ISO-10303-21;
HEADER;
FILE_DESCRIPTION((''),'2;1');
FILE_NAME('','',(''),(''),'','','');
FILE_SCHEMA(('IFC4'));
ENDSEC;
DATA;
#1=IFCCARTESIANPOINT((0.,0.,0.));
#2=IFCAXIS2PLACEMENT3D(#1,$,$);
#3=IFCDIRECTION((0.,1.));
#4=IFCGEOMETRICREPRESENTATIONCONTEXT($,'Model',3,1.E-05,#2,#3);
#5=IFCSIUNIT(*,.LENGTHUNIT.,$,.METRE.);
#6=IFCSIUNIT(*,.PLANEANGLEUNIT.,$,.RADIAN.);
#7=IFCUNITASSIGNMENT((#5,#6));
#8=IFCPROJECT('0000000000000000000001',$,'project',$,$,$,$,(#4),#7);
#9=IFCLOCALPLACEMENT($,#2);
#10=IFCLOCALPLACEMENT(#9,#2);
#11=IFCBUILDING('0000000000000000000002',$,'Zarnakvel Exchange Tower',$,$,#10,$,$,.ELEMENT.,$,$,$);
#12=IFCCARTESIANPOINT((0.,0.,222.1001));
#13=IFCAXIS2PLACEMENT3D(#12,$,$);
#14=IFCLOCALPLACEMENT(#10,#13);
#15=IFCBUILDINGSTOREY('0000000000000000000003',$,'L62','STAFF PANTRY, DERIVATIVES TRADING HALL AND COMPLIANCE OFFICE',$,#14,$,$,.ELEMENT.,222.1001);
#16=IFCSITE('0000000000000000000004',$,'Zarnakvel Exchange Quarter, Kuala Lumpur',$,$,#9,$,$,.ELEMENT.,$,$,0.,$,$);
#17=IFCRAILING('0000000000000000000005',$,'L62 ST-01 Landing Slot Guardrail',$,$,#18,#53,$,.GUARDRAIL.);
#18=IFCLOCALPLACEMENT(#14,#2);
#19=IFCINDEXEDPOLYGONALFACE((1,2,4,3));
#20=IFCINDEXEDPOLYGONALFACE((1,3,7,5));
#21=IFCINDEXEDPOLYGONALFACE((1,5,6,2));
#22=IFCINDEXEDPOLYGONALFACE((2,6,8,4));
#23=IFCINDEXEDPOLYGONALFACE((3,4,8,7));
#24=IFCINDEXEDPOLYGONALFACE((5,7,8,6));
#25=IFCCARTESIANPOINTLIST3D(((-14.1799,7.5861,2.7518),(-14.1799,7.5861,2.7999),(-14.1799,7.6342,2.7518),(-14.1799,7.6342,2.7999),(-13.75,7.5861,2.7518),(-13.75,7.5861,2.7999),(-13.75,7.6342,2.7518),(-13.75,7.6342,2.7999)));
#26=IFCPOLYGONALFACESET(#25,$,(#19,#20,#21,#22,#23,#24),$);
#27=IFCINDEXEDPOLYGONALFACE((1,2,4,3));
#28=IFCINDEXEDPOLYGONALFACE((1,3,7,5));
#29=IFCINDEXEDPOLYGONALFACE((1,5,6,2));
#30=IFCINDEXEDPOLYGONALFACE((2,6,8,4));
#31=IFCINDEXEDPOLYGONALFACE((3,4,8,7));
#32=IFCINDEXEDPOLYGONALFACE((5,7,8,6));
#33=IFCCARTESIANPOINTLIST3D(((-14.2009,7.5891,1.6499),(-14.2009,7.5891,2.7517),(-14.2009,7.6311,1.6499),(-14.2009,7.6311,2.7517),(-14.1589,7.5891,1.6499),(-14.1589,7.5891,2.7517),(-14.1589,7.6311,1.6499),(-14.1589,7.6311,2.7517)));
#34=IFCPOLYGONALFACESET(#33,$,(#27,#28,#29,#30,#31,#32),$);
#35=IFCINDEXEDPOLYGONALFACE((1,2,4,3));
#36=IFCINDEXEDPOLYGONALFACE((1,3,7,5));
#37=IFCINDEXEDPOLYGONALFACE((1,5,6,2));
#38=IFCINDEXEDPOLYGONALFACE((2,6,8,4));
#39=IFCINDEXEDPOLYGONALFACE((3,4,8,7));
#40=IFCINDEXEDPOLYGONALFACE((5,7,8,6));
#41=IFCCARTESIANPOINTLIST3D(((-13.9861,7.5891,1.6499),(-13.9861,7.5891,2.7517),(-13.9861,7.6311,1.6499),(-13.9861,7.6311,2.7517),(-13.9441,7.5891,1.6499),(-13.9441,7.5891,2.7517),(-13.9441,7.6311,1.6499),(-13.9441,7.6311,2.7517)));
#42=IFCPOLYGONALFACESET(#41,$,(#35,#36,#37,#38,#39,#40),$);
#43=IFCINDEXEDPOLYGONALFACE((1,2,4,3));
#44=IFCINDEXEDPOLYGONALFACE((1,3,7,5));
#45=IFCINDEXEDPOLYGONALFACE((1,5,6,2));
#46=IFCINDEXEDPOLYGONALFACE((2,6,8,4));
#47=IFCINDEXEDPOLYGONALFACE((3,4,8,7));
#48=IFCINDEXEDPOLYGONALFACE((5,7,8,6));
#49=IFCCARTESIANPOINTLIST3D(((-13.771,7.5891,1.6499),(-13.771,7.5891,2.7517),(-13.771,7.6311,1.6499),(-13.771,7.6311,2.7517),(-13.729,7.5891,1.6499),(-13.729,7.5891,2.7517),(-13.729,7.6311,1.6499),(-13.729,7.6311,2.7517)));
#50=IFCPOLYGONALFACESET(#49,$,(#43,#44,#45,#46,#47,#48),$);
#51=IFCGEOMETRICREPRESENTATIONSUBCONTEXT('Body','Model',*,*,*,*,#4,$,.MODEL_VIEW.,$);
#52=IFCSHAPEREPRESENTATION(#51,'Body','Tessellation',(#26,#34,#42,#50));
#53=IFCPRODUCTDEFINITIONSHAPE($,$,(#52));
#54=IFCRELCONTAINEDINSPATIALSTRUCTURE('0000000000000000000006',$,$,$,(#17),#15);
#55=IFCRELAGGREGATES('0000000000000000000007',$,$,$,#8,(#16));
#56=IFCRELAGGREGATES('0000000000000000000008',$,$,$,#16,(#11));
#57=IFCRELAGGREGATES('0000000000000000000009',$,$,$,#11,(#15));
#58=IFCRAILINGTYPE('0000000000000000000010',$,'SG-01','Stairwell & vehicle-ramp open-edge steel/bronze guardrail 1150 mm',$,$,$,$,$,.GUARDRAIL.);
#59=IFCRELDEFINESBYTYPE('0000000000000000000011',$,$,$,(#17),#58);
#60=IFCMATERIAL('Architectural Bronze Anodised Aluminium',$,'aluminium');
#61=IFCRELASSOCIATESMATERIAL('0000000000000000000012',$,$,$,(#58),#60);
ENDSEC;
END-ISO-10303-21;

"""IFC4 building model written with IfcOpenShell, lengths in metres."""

from ifc_helpers import new_model, si_unit, direction, frame, origin, origin_2d, place, context, subcontext, project, spatial, rectangle, extrude, material, type_object, element, save


model = new_model("IFC4")

# Units and contexts
model_context = context("Model", 3, precision=1e-05, world=origin(), true_north=direction((0.0, 1.0)))
body_context = subcontext(model_context, "Body", "Model", "MODEL_VIEW")
ifc_project = project(units=[si_unit("LENGTHUNIT", "METRE"), si_unit("PLANEANGLEUNIT", "RADIAN")], contexts=[model_context])

# Site, building, storey
site_placement = place(None, origin())
site = spatial("IfcSite", under=ifc_project, at=site_placement, Name="Zarnakvel Exchange Quarter, Kuala Lumpur", CompositionType="ELEMENT", RefElevation=0.0)
building_placement = place(site_placement, origin())
building = spatial("IfcBuilding", under=site, at=building_placement, Name="Zarnakvel Exchange Tower", CompositionType="ELEMENT")
storey_placement = place(building_placement, frame((0.0, 0.0, 222.1001)))
storey = spatial("IfcBuildingStorey", under=building, at=storey_placement, Name="L62", Description="STAFF PANTRY, DERIVATIVES TRADING HALL AND COMPLIANCE OFFICE", CompositionType="ELEMENT", Elevation=222.1001)

# Shared definitions
ifc_material_1 = material(Name="Architectural Bronze Anodised Aluminium", Category="aluminium")

# Railing
railing_type_1 = type_object("IfcRailingType", Name="SG-01", Description="Stairwell & vehicle-ramp open-edge steel/bronze guardrail 1150 mm", PredefinedType="GUARDRAIL", material=ifc_material_1)
railing_1_placement = place(storey_placement, frame((-14.1799, 7.6101, 1.6499)))
element("IfcRailing", 1, at=railing_1_placement, inside=storey, type_object=railing_type_1, Name="L62 ST-01 Landing Slot Guardrail", PredefinedType="GUARDRAIL", context=body_context, shape_type="SweptSolid", body=[
    extrude(rectangle(XDim=0.0481, YDim=0.0481, at=origin_2d()), frame((0.0, 0.0, 1.126), z_axis=(1.0, 0.0, 0.0), x_axis=(0.0, 1.0, 0.0)), (0.0, 0.0, 1.0), 0.4299),
    extrude(rectangle(XDim=0.042, YDim=0.042, at=origin_2d()), origin(), (0.0, 0.0, 1.0), 1.1018),
    extrude(rectangle(XDim=0.042, YDim=0.042, at=origin_2d()), frame((0.2148, 0.0, 0.0)), (0.0, 0.0, 1.0), 1.1018),
    extrude(rectangle(XDim=0.042, YDim=0.042, at=origin_2d()), frame((0.4299, 0.0, 0.0)), (0.0, 0.0, 1.0), 1.1018),
])

save(model, "model.ifc")
